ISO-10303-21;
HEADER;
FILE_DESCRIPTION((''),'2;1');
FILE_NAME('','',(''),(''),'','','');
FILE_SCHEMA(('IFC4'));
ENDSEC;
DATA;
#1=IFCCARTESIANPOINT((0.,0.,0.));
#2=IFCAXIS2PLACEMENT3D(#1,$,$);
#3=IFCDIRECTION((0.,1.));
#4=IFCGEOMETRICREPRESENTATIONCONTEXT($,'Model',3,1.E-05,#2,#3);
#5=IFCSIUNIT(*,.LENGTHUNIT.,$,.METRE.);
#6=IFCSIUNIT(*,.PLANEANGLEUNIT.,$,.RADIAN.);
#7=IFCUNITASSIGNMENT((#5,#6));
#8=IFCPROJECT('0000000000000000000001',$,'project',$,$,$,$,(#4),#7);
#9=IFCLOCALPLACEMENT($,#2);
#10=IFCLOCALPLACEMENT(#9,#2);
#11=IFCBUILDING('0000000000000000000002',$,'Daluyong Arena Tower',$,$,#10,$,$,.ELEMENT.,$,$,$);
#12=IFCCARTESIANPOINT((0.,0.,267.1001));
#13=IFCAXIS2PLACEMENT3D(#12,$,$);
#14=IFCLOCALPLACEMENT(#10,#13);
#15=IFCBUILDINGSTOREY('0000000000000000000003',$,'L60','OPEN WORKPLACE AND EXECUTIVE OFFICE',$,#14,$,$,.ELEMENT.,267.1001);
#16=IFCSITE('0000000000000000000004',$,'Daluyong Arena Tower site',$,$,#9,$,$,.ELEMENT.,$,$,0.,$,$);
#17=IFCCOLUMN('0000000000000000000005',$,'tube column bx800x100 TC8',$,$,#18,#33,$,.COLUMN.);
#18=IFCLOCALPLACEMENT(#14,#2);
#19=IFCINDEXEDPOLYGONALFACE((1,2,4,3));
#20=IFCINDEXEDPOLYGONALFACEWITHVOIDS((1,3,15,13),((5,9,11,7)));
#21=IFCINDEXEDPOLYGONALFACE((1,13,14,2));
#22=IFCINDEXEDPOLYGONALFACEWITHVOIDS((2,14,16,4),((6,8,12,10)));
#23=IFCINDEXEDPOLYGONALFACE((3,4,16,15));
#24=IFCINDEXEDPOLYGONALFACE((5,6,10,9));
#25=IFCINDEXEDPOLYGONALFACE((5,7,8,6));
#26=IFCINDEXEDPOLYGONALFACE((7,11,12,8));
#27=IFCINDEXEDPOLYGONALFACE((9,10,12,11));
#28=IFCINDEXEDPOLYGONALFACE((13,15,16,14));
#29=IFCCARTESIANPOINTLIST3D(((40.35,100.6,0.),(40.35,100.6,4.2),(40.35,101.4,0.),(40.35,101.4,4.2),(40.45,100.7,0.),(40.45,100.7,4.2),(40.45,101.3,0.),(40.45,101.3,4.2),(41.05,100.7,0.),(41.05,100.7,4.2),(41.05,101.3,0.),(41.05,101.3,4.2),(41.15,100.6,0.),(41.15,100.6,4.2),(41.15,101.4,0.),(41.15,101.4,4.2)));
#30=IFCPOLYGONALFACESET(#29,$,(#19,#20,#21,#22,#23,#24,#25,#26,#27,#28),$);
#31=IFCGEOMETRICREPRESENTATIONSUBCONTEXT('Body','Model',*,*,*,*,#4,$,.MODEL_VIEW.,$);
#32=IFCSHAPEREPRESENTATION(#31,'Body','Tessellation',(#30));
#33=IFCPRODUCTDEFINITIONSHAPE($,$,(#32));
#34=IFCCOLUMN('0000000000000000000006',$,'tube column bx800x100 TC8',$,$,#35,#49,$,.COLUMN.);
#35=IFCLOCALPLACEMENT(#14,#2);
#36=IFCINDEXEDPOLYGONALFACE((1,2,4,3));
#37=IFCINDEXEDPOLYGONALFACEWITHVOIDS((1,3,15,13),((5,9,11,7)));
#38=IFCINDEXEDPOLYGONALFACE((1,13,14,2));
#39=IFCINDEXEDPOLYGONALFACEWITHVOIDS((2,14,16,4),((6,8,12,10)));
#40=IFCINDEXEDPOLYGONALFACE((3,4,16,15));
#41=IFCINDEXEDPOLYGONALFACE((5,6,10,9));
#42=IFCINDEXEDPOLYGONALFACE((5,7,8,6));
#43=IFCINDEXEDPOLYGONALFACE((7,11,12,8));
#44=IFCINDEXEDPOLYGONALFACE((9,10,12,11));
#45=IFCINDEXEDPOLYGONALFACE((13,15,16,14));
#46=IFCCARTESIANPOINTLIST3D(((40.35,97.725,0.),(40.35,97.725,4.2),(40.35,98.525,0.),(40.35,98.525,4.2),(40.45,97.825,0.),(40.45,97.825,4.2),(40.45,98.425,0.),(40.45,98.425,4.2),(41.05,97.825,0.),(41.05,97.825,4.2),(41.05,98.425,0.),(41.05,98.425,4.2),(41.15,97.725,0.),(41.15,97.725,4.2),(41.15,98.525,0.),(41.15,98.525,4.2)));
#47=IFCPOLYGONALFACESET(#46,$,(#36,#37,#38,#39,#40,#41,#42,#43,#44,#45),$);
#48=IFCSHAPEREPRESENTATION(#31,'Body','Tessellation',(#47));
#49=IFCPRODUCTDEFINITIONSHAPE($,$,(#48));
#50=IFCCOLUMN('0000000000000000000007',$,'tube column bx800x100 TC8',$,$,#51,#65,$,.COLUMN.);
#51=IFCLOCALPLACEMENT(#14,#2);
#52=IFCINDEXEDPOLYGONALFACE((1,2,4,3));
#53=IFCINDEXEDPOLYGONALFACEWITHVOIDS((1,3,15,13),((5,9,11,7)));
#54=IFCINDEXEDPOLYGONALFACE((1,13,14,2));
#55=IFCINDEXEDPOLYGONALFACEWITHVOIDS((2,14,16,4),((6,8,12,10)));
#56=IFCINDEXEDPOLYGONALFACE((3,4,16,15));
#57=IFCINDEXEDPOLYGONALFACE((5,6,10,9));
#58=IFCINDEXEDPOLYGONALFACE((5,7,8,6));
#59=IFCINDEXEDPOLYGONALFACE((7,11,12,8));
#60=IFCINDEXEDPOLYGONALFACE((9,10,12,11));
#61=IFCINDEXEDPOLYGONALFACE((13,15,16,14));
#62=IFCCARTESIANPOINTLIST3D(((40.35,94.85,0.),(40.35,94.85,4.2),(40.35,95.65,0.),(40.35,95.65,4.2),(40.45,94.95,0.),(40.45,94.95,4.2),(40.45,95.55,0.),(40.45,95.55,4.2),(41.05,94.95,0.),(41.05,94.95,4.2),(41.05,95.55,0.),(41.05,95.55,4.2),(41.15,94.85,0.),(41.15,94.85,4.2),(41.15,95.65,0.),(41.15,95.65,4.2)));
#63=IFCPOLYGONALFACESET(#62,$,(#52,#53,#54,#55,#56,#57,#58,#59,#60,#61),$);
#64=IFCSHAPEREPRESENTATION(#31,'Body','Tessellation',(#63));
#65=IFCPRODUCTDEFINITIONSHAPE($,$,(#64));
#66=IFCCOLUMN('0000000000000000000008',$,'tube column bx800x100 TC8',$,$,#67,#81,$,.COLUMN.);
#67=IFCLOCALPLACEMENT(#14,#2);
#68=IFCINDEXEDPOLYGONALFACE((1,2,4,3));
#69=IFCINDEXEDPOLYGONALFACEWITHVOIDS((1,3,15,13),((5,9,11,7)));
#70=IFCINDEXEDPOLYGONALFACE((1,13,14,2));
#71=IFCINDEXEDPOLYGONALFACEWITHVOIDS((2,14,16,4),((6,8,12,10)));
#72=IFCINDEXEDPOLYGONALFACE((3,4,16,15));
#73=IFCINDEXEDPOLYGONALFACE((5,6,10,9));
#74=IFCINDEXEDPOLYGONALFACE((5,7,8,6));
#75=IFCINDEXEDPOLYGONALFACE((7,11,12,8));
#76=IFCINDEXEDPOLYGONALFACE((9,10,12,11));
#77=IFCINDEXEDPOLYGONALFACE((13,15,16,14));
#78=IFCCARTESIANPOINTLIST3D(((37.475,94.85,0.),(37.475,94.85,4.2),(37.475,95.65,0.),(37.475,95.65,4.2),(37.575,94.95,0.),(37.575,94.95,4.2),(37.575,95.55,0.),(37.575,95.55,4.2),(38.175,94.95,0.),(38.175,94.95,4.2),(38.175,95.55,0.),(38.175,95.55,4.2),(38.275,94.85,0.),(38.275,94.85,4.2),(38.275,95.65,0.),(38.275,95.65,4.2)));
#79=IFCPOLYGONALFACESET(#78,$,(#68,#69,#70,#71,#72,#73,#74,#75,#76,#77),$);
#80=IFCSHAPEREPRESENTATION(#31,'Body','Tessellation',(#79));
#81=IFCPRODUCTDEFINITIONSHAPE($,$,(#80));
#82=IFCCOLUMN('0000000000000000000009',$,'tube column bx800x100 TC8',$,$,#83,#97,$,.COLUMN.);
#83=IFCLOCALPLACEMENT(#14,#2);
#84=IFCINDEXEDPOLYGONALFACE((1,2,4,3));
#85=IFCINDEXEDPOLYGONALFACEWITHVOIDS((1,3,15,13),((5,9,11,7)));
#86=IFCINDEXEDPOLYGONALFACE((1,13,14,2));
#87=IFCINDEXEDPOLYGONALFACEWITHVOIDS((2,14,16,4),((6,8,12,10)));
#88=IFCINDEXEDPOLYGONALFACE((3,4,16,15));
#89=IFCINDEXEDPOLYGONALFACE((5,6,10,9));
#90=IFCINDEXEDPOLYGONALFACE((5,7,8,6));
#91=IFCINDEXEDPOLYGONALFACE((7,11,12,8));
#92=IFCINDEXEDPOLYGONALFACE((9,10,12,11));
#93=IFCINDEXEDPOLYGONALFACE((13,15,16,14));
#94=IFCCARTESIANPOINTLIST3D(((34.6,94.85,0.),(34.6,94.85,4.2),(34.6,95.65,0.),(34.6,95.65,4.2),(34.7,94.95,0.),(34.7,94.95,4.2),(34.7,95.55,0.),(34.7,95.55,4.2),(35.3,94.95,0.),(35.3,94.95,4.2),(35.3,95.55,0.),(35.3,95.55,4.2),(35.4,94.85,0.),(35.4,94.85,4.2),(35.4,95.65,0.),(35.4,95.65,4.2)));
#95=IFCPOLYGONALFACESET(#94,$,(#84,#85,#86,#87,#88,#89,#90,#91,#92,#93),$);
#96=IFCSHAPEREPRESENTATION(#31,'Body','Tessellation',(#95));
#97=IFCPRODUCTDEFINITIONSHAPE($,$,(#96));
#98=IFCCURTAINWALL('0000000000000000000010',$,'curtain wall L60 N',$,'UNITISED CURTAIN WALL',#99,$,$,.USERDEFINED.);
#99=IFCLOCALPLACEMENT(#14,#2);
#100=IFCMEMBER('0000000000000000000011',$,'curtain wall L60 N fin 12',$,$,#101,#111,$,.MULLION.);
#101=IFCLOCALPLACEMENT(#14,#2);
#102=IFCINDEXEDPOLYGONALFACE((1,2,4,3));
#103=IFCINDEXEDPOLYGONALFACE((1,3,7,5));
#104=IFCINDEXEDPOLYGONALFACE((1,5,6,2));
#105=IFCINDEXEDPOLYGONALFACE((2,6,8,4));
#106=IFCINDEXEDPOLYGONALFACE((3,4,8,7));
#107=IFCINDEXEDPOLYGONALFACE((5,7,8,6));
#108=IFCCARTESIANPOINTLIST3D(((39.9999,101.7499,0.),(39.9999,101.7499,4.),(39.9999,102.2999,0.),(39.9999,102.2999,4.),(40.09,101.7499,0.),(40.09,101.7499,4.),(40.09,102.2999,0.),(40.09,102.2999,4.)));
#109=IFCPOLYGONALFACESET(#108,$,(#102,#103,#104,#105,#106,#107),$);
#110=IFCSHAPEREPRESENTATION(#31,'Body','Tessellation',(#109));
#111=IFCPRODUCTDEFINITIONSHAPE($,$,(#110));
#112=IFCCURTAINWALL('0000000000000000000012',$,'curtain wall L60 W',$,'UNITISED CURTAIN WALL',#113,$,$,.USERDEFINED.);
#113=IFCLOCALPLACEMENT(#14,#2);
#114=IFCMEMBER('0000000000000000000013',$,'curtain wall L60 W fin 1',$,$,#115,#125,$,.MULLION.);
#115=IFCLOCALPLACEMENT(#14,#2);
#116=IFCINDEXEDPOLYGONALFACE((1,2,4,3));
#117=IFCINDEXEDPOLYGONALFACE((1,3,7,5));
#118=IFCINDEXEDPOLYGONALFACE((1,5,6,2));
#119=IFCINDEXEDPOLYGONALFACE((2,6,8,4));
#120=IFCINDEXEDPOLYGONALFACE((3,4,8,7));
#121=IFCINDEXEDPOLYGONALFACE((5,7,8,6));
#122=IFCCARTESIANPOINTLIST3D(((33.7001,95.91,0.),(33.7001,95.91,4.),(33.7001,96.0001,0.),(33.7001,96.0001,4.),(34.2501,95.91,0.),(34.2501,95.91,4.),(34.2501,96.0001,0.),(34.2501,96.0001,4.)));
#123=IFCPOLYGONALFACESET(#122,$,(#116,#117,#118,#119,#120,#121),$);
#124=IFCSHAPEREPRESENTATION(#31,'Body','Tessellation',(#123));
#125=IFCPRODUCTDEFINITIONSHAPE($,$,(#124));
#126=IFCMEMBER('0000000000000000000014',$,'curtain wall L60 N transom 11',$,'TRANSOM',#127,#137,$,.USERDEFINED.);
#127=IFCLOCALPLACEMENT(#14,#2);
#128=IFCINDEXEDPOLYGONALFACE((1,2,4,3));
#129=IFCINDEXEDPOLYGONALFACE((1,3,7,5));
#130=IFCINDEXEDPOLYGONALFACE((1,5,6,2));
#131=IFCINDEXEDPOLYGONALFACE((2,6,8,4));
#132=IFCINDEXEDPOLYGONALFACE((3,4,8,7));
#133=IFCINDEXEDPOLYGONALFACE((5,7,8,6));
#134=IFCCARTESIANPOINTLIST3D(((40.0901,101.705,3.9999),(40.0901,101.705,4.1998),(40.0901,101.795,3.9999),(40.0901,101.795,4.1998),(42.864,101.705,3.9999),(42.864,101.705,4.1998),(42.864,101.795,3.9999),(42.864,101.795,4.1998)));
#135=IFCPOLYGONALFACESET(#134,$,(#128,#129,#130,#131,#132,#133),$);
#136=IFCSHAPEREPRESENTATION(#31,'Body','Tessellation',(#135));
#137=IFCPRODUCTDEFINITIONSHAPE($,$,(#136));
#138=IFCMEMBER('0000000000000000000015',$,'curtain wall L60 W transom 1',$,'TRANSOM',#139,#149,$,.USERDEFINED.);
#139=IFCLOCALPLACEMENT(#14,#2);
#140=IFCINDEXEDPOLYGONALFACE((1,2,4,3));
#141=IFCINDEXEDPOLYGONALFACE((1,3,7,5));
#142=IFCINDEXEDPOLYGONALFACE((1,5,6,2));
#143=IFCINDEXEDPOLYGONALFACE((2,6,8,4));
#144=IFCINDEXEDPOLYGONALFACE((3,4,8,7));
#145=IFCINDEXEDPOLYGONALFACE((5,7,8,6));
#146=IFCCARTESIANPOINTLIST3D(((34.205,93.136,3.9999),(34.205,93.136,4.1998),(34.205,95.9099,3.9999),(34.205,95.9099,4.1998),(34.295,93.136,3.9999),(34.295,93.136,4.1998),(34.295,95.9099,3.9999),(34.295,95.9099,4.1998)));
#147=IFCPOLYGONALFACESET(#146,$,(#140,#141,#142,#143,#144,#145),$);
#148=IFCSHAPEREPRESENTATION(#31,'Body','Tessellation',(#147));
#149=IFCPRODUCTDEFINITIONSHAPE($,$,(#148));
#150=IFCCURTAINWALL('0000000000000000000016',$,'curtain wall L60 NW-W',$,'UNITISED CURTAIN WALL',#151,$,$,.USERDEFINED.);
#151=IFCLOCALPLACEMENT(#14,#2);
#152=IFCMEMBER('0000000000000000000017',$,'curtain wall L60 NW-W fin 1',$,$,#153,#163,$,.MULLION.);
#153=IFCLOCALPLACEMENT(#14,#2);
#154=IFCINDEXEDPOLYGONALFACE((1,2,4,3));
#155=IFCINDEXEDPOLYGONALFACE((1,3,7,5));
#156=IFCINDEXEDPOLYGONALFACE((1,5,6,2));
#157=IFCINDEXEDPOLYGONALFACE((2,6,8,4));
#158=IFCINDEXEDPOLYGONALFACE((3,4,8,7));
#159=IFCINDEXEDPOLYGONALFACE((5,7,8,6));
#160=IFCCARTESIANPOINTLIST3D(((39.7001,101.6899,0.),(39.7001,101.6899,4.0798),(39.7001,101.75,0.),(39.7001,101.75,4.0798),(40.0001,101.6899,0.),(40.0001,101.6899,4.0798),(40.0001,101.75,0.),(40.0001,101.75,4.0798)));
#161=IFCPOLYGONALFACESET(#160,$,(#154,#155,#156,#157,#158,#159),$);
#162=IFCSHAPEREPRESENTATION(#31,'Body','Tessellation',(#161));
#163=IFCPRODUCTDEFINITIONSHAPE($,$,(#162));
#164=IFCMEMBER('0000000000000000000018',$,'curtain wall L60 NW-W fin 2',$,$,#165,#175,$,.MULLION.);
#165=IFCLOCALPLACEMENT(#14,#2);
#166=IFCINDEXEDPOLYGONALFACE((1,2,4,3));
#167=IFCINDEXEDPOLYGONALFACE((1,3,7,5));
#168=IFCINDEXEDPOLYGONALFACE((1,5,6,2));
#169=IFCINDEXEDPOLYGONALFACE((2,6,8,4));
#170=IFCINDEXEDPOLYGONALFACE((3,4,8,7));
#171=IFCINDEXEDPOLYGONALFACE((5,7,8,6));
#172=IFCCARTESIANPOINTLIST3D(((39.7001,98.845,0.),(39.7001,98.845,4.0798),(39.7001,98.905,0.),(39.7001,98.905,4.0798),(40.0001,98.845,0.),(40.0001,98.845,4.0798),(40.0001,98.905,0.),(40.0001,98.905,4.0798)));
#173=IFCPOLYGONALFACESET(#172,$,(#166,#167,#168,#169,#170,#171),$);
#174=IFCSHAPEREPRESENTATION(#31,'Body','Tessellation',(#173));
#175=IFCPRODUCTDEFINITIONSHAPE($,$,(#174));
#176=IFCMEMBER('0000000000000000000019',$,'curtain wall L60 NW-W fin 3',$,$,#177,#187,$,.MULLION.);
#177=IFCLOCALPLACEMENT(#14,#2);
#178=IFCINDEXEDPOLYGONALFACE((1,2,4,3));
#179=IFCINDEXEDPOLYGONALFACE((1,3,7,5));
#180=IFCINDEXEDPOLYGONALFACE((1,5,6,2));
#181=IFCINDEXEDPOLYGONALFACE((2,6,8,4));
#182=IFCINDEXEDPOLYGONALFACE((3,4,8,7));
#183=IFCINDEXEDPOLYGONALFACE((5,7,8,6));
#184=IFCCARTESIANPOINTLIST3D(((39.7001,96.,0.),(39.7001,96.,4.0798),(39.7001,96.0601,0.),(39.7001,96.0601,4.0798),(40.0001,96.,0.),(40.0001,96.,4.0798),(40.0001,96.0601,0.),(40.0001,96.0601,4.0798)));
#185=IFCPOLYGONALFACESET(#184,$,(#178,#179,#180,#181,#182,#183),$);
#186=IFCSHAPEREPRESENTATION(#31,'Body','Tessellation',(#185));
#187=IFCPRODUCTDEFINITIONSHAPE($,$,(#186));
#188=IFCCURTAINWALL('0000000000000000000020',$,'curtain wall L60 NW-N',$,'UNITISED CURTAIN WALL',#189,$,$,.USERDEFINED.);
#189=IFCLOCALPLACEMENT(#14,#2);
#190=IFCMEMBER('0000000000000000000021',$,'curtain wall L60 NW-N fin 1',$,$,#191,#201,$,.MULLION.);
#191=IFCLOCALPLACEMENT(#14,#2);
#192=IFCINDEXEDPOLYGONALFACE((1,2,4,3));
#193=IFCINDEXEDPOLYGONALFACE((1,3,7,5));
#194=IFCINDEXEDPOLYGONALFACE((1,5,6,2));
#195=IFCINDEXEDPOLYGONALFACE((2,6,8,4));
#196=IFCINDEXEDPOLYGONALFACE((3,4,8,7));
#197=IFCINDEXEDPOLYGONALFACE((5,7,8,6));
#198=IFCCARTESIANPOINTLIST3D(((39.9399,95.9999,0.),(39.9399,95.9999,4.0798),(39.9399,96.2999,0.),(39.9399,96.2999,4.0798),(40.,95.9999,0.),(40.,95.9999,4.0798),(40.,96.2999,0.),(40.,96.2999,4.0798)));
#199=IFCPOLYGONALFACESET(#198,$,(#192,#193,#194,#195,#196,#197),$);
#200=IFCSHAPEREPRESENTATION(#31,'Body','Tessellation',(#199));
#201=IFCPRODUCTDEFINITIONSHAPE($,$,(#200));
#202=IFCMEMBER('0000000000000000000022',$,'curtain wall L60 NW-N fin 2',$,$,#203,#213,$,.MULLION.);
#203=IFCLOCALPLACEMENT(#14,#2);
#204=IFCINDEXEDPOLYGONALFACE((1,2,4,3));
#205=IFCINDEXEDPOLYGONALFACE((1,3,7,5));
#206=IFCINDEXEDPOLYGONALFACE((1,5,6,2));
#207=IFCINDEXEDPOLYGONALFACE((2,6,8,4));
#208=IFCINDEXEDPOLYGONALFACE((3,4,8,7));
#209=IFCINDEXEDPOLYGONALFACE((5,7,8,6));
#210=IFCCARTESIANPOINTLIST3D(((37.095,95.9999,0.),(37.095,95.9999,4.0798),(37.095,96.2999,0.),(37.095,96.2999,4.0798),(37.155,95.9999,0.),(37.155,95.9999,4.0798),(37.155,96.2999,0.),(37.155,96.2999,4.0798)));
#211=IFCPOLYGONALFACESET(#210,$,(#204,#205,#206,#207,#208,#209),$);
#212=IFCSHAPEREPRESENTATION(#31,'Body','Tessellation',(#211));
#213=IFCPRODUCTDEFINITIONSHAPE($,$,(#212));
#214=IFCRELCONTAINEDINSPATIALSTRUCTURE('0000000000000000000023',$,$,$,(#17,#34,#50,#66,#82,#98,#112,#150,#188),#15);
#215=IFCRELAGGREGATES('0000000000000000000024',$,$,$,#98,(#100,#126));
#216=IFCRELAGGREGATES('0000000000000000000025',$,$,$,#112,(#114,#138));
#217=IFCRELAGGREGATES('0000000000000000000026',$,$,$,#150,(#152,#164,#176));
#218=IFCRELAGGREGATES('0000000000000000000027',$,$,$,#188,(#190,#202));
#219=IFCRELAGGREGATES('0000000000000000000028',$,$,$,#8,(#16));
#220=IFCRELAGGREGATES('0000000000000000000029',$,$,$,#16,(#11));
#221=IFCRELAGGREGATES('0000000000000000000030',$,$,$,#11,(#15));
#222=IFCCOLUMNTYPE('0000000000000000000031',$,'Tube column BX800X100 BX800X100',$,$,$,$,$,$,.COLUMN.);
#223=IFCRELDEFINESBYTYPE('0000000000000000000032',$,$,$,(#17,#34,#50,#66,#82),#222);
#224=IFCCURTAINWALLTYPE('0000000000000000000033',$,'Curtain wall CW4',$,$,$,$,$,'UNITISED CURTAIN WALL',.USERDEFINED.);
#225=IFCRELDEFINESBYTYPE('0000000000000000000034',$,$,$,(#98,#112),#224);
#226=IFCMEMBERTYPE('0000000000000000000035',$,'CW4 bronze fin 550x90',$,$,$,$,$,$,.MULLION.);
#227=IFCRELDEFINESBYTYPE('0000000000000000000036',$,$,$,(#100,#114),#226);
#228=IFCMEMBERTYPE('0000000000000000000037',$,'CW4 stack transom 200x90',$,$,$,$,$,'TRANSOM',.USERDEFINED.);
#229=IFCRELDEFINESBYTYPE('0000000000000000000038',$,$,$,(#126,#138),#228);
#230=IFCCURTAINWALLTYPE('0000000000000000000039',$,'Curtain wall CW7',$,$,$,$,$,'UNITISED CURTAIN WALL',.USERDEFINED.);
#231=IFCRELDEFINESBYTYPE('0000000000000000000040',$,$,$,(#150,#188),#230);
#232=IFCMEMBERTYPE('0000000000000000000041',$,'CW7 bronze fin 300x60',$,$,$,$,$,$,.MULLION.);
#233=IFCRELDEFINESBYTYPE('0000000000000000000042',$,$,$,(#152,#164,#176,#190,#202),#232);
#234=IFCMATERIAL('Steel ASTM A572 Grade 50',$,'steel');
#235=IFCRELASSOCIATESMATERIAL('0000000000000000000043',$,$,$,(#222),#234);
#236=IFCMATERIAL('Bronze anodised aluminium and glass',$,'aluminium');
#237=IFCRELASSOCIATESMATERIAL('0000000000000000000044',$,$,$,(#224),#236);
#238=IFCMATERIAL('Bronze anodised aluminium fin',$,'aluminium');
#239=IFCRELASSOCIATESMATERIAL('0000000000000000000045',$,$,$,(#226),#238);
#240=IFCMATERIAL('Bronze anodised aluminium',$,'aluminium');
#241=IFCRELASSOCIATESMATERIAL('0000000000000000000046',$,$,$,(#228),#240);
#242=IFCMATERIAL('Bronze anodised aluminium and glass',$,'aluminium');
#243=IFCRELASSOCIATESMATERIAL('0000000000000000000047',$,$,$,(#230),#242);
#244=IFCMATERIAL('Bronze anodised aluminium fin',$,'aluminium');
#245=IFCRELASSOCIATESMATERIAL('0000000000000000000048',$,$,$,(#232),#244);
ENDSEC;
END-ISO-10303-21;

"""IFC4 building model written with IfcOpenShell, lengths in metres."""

from ifc_helpers import new_model, si_unit, direction, frame, origin, origin_2d, place, context, subcontext, project, spatial, rectangle, hollow_rectangle, extrude, material, material_profile, profile_set, type_object, element, aggregate, save


model = new_model("IFC4")

# Units and contexts
model_context = context("Model", 3, precision=1e-05, world=origin(), true_north=direction((0.0, 1.0)))
body_context = subcontext(model_context, "Body", "Model", "MODEL_VIEW")
ifc_project = project(units=[si_unit("LENGTHUNIT", "METRE"), si_unit("PLANEANGLEUNIT", "RADIAN")], contexts=[model_context])

# Site, building, storey
site_placement = place(None, origin())
site = spatial("IfcSite", under=ifc_project, at=site_placement, Name="Daluyong Arena Tower site", CompositionType="ELEMENT", RefElevation=0.0)
building_placement = place(site_placement, origin())
building = spatial("IfcBuilding", under=site, at=building_placement, Name="Daluyong Arena Tower", CompositionType="ELEMENT")
storey_placement = place(building_placement, frame((0.0, 0.0, 267.1001)))
storey = spatial("IfcBuildingStorey", under=building, at=storey_placement, Name="L60", Description="OPEN WORKPLACE AND EXECUTIVE OFFICE", CompositionType="ELEMENT", Elevation=267.1001)

# Columns
ifc_material_1 = material(Name="Steel ASTM A572 Grade 50", Category="steel")
ifc_material_profile_1 = material_profile(ifc_material_1, hollow_rectangle(XDim=0.8, YDim=0.8, WallThickness=0.1, at=origin_2d()))
ifc_profile_set_1 = profile_set([ifc_material_profile_1], Name="Steel ASTM A572 Grade 50")
column_type = type_object("IfcColumnType", Name="Tube column BX800X100 BX800X100", PredefinedType="COLUMN", material=ifc_profile_set_1)
for number, where, z_axis, x_axis, name in (
    (1, (40.75, 101.0, 0.0), (0.0, 0.0, 1.0), (0.0, 1.0, 0.0), "tube column bx800x100 TC8"),
    (2, (40.75, 98.125, 0.0), (0.0, 0.0, 1.0), (0.0, 1.0, 0.0), "tube column bx800x100 TC8"),
    (3, (40.75, 95.25, 0.0), (0.0, 0.0, 1.0), (1.0, 0.0, 0.0), "tube column bx800x100 TC8"),
    (4, (37.875, 95.25, 0.0), (0.0, 0.0, 1.0), (1.0, 0.0, 0.0), "tube column bx800x100 TC8"),
    (5, (35.0, 95.25, 0.0), (0.0, 0.0, 1.0), (0.0, 1.0, 0.0), "tube column bx800x100 TC8"),
):
    element("IfcColumn", number, at=place(storey_placement, frame(where, z_axis=z_axis, x_axis=x_axis)), inside=storey, type_object=column_type, Name=name, PredefinedType="COLUMN", context=body_context, shape_type="SweptSolid", body=[
        extrude(hollow_rectangle(XDim=0.8, YDim=0.8, WallThickness=0.1, at=origin_2d()), origin(), (0.0, 0.0, 1.0), 4.2),
    ])

# Curtain walls, members
ifc_material_2 = material(Name="Bronze anodised aluminium and glass", Category="aluminium")
curtain_wall_type_1 = type_object("IfcCurtainWallType", Name="Curtain wall CW4", ElementType="UNITISED CURTAIN WALL", PredefinedType="USERDEFINED", material=ifc_material_2)
curtain_wall_1_placement = place(storey_placement, origin())
curtain_wall_1 = element("IfcCurtainWall", 6, at=curtain_wall_1_placement, inside=storey, type_object=curtain_wall_type_1, Name="curtain wall L60 N", ObjectType="UNITISED CURTAIN WALL", PredefinedType="USERDEFINED")
ifc_material_3 = material(Name="Bronze anodised aluminium fin", Category="aluminium")
ifc_material_profile_2 = material_profile(ifc_material_3, rectangle(XDim=0.55, YDim=0.0901, at=origin_2d()))
ifc_profile_set_2 = profile_set([ifc_material_profile_2], Name="Bronze anodised aluminium fin")
member_type_1 = type_object("IfcMemberType", Name="CW4 bronze fin 550x90", PredefinedType="MULLION", material=ifc_profile_set_2)
member_1_placement = place(storey_placement, frame((40.0449, 102.0249, 0.0), z_axis=(0.0, 0.0, 1.0), x_axis=(0.0, -1.0, 0.0)))
member_1 = element("IfcMember", 7, at=member_1_placement, type_object=member_type_1, Name="curtain wall L60 N fin 12", PredefinedType="MULLION", context=body_context, shape_type="SweptSolid", body=[
    extrude(rectangle(XDim=0.55, YDim=0.0901, at=origin_2d()), origin(), (0.0, 0.0, 1.0), 4.0),
])
curtain_wall_2_placement = place(storey_placement, origin())
curtain_wall_2 = element("IfcCurtainWall", 8, at=curtain_wall_2_placement, inside=storey, type_object=curtain_wall_type_1, Name="curtain wall L60 W", ObjectType="UNITISED CURTAIN WALL", PredefinedType="USERDEFINED")
member_2_placement = place(storey_placement, frame((33.9751, 95.9551, 0.0), z_axis=(0.0, 0.0, 1.0), x_axis=(1.0, 0.0, 0.0)))
member_2 = element("IfcMember", 9, at=member_2_placement, type_object=member_type_1, Name="curtain wall L60 W fin 1", PredefinedType="MULLION", context=body_context, shape_type="SweptSolid", body=[
    extrude(rectangle(XDim=0.55, YDim=0.0901, at=origin_2d()), origin(), (0.0, 0.0, 1.0), 4.0),
])

# Members
ifc_material_4 = material(Name="Bronze anodised aluminium", Category="aluminium")
ifc_material_profile_3 = material_profile(ifc_material_4, rectangle(XDim=0.0901, YDim=0.2, at=origin_2d()))
ifc_profile_set_3 = profile_set([ifc_material_profile_3], Name="Bronze anodised aluminium")
member_type_2 = type_object("IfcMemberType", Name="CW4 stack transom 200x90", ElementType="TRANSOM", PredefinedType="USERDEFINED", material=ifc_profile_set_3)
member_3_placement = place(storey_placement, frame((42.864, 101.75, 4.0999), z_axis=(-1.0, 0.0, 0.0), x_axis=(0.0, -1.0, 0.0)))
member_3 = element("IfcMember", 10, at=member_3_placement, type_object=member_type_2, Name="curtain wall L60 N transom 11", ObjectType="TRANSOM", PredefinedType="USERDEFINED", context=body_context, shape_type="SweptSolid", body=[
    extrude(rectangle(XDim=0.0901, YDim=0.2, at=origin_2d()), origin(), (0.0, 0.0, 1.0), 2.7739),
])
member_4_placement = place(storey_placement, frame((34.25, 95.9099, 4.0999), z_axis=(0.0, -1.0, 0.0), x_axis=(1.0, 0.0, 0.0)))
member_4 = element("IfcMember", 11, at=member_4_placement, type_object=member_type_2, Name="curtain wall L60 W transom 1", ObjectType="TRANSOM", PredefinedType="USERDEFINED", context=body_context, shape_type="SweptSolid", body=[
    extrude(rectangle(XDim=0.0901, YDim=0.2, at=origin_2d()), origin(), (0.0, 0.0, 1.0), 2.7739),
])

# Curtain walls, members
ifc_material_5 = material(Name="Bronze anodised aluminium and glass", Category="aluminium")
curtain_wall_type_2 = type_object("IfcCurtainWallType", Name="Curtain wall CW7", ElementType="UNITISED CURTAIN WALL", PredefinedType="USERDEFINED", material=ifc_material_5)
curtain_wall_3_placement = place(storey_placement, origin())
curtain_wall_3 = element("IfcCurtainWall", 12, at=curtain_wall_3_placement, inside=storey, type_object=curtain_wall_type_2, Name="curtain wall L60 NW-W", ObjectType="UNITISED CURTAIN WALL", PredefinedType="USERDEFINED")
ifc_material_6 = material(Name="Bronze anodised aluminium fin", Category="aluminium")
ifc_material_profile_4 = material_profile(ifc_material_6, rectangle(XDim=0.3, YDim=0.0601, at=origin_2d()))
ifc_profile_set_4 = profile_set([ifc_material_profile_4], Name="Bronze anodised aluminium fin")
member_type_3 = type_object("IfcMemberType", Name="CW7 bronze fin 300x60", PredefinedType="MULLION", material=ifc_profile_set_4)
member_5_placement = place(storey_placement, frame((39.8501, 101.72, 0.0), z_axis=(0.0, 0.0, 1.0), x_axis=(1.0, 0.0, 0.0)))
member_5 = element("IfcMember", 13, at=member_5_placement, type_object=member_type_3, Name="curtain wall L60 NW-W fin 1", PredefinedType="MULLION", context=body_context, shape_type="SweptSolid", body=[
    extrude(rectangle(XDim=0.3, YDim=0.0601, at=origin_2d()), origin(), (0.0, 0.0, 1.0), 4.0798),
])
member_6_placement = place(storey_placement, frame((39.8501, 98.875, 0.0), z_axis=(0.0, 0.0, 1.0), x_axis=(1.0, 0.0, 0.0)))
member_6 = element("IfcMember", 14, at=member_6_placement, type_object=member_type_3, Name="curtain wall L60 NW-W fin 2", PredefinedType="MULLION", context=body_context, shape_type="SweptSolid", body=[
    extrude(rectangle(XDim=0.3, YDim=0.0601, at=origin_2d()), origin(), (0.0, 0.0, 1.0), 4.0798),
])
member_7_placement = place(storey_placement, frame((39.8501, 96.03, 0.0), z_axis=(0.0, 0.0, 1.0), x_axis=(1.0, 0.0, 0.0)))
member_7 = element("IfcMember", 15, at=member_7_placement, type_object=member_type_3, Name="curtain wall L60 NW-W fin 3", PredefinedType="MULLION", context=body_context, shape_type="SweptSolid", body=[
    extrude(rectangle(XDim=0.3, YDim=0.0601, at=origin_2d()), origin(), (0.0, 0.0, 1.0), 4.0798),
])
curtain_wall_4_placement = place(storey_placement, origin())
curtain_wall_4 = element("IfcCurtainWall", 16, at=curtain_wall_4_placement, inside=storey, type_object=curtain_wall_type_2, Name="curtain wall L60 NW-N", ObjectType="UNITISED CURTAIN WALL", PredefinedType="USERDEFINED")
member_8_placement = place(storey_placement, frame((39.97, 96.1499, 0.0), z_axis=(0.0, 0.0, 1.0), x_axis=(0.0, -1.0, 0.0)))
member_8 = element("IfcMember", 17, at=member_8_placement, type_object=member_type_3, Name="curtain wall L60 NW-N fin 1", PredefinedType="MULLION", context=body_context, shape_type="SweptSolid", body=[
    extrude(rectangle(XDim=0.3, YDim=0.0601, at=origin_2d()), origin(), (0.0, 0.0, 1.0), 4.0798),
])
member_9_placement = place(storey_placement, frame((37.125, 96.1499, 0.0), z_axis=(0.0, 0.0, 1.0), x_axis=(0.0, -1.0, 0.0)))
member_9 = element("IfcMember", 18, at=member_9_placement, type_object=member_type_3, Name="curtain wall L60 NW-N fin 2", PredefinedType="MULLION", context=body_context, shape_type="SweptSolid", body=[
    extrude(rectangle(XDim=0.3, YDim=0.0601, at=origin_2d()), origin(), (0.0, 0.0, 1.0), 4.0798),
])

aggregate(curtain_wall_1, [member_1, member_3])
aggregate(curtain_wall_2, [member_2, member_4])
aggregate(curtain_wall_3, [member_5, member_6, member_7])
aggregate(curtain_wall_4, [member_8, member_9])

save(model, "model.ifc")
